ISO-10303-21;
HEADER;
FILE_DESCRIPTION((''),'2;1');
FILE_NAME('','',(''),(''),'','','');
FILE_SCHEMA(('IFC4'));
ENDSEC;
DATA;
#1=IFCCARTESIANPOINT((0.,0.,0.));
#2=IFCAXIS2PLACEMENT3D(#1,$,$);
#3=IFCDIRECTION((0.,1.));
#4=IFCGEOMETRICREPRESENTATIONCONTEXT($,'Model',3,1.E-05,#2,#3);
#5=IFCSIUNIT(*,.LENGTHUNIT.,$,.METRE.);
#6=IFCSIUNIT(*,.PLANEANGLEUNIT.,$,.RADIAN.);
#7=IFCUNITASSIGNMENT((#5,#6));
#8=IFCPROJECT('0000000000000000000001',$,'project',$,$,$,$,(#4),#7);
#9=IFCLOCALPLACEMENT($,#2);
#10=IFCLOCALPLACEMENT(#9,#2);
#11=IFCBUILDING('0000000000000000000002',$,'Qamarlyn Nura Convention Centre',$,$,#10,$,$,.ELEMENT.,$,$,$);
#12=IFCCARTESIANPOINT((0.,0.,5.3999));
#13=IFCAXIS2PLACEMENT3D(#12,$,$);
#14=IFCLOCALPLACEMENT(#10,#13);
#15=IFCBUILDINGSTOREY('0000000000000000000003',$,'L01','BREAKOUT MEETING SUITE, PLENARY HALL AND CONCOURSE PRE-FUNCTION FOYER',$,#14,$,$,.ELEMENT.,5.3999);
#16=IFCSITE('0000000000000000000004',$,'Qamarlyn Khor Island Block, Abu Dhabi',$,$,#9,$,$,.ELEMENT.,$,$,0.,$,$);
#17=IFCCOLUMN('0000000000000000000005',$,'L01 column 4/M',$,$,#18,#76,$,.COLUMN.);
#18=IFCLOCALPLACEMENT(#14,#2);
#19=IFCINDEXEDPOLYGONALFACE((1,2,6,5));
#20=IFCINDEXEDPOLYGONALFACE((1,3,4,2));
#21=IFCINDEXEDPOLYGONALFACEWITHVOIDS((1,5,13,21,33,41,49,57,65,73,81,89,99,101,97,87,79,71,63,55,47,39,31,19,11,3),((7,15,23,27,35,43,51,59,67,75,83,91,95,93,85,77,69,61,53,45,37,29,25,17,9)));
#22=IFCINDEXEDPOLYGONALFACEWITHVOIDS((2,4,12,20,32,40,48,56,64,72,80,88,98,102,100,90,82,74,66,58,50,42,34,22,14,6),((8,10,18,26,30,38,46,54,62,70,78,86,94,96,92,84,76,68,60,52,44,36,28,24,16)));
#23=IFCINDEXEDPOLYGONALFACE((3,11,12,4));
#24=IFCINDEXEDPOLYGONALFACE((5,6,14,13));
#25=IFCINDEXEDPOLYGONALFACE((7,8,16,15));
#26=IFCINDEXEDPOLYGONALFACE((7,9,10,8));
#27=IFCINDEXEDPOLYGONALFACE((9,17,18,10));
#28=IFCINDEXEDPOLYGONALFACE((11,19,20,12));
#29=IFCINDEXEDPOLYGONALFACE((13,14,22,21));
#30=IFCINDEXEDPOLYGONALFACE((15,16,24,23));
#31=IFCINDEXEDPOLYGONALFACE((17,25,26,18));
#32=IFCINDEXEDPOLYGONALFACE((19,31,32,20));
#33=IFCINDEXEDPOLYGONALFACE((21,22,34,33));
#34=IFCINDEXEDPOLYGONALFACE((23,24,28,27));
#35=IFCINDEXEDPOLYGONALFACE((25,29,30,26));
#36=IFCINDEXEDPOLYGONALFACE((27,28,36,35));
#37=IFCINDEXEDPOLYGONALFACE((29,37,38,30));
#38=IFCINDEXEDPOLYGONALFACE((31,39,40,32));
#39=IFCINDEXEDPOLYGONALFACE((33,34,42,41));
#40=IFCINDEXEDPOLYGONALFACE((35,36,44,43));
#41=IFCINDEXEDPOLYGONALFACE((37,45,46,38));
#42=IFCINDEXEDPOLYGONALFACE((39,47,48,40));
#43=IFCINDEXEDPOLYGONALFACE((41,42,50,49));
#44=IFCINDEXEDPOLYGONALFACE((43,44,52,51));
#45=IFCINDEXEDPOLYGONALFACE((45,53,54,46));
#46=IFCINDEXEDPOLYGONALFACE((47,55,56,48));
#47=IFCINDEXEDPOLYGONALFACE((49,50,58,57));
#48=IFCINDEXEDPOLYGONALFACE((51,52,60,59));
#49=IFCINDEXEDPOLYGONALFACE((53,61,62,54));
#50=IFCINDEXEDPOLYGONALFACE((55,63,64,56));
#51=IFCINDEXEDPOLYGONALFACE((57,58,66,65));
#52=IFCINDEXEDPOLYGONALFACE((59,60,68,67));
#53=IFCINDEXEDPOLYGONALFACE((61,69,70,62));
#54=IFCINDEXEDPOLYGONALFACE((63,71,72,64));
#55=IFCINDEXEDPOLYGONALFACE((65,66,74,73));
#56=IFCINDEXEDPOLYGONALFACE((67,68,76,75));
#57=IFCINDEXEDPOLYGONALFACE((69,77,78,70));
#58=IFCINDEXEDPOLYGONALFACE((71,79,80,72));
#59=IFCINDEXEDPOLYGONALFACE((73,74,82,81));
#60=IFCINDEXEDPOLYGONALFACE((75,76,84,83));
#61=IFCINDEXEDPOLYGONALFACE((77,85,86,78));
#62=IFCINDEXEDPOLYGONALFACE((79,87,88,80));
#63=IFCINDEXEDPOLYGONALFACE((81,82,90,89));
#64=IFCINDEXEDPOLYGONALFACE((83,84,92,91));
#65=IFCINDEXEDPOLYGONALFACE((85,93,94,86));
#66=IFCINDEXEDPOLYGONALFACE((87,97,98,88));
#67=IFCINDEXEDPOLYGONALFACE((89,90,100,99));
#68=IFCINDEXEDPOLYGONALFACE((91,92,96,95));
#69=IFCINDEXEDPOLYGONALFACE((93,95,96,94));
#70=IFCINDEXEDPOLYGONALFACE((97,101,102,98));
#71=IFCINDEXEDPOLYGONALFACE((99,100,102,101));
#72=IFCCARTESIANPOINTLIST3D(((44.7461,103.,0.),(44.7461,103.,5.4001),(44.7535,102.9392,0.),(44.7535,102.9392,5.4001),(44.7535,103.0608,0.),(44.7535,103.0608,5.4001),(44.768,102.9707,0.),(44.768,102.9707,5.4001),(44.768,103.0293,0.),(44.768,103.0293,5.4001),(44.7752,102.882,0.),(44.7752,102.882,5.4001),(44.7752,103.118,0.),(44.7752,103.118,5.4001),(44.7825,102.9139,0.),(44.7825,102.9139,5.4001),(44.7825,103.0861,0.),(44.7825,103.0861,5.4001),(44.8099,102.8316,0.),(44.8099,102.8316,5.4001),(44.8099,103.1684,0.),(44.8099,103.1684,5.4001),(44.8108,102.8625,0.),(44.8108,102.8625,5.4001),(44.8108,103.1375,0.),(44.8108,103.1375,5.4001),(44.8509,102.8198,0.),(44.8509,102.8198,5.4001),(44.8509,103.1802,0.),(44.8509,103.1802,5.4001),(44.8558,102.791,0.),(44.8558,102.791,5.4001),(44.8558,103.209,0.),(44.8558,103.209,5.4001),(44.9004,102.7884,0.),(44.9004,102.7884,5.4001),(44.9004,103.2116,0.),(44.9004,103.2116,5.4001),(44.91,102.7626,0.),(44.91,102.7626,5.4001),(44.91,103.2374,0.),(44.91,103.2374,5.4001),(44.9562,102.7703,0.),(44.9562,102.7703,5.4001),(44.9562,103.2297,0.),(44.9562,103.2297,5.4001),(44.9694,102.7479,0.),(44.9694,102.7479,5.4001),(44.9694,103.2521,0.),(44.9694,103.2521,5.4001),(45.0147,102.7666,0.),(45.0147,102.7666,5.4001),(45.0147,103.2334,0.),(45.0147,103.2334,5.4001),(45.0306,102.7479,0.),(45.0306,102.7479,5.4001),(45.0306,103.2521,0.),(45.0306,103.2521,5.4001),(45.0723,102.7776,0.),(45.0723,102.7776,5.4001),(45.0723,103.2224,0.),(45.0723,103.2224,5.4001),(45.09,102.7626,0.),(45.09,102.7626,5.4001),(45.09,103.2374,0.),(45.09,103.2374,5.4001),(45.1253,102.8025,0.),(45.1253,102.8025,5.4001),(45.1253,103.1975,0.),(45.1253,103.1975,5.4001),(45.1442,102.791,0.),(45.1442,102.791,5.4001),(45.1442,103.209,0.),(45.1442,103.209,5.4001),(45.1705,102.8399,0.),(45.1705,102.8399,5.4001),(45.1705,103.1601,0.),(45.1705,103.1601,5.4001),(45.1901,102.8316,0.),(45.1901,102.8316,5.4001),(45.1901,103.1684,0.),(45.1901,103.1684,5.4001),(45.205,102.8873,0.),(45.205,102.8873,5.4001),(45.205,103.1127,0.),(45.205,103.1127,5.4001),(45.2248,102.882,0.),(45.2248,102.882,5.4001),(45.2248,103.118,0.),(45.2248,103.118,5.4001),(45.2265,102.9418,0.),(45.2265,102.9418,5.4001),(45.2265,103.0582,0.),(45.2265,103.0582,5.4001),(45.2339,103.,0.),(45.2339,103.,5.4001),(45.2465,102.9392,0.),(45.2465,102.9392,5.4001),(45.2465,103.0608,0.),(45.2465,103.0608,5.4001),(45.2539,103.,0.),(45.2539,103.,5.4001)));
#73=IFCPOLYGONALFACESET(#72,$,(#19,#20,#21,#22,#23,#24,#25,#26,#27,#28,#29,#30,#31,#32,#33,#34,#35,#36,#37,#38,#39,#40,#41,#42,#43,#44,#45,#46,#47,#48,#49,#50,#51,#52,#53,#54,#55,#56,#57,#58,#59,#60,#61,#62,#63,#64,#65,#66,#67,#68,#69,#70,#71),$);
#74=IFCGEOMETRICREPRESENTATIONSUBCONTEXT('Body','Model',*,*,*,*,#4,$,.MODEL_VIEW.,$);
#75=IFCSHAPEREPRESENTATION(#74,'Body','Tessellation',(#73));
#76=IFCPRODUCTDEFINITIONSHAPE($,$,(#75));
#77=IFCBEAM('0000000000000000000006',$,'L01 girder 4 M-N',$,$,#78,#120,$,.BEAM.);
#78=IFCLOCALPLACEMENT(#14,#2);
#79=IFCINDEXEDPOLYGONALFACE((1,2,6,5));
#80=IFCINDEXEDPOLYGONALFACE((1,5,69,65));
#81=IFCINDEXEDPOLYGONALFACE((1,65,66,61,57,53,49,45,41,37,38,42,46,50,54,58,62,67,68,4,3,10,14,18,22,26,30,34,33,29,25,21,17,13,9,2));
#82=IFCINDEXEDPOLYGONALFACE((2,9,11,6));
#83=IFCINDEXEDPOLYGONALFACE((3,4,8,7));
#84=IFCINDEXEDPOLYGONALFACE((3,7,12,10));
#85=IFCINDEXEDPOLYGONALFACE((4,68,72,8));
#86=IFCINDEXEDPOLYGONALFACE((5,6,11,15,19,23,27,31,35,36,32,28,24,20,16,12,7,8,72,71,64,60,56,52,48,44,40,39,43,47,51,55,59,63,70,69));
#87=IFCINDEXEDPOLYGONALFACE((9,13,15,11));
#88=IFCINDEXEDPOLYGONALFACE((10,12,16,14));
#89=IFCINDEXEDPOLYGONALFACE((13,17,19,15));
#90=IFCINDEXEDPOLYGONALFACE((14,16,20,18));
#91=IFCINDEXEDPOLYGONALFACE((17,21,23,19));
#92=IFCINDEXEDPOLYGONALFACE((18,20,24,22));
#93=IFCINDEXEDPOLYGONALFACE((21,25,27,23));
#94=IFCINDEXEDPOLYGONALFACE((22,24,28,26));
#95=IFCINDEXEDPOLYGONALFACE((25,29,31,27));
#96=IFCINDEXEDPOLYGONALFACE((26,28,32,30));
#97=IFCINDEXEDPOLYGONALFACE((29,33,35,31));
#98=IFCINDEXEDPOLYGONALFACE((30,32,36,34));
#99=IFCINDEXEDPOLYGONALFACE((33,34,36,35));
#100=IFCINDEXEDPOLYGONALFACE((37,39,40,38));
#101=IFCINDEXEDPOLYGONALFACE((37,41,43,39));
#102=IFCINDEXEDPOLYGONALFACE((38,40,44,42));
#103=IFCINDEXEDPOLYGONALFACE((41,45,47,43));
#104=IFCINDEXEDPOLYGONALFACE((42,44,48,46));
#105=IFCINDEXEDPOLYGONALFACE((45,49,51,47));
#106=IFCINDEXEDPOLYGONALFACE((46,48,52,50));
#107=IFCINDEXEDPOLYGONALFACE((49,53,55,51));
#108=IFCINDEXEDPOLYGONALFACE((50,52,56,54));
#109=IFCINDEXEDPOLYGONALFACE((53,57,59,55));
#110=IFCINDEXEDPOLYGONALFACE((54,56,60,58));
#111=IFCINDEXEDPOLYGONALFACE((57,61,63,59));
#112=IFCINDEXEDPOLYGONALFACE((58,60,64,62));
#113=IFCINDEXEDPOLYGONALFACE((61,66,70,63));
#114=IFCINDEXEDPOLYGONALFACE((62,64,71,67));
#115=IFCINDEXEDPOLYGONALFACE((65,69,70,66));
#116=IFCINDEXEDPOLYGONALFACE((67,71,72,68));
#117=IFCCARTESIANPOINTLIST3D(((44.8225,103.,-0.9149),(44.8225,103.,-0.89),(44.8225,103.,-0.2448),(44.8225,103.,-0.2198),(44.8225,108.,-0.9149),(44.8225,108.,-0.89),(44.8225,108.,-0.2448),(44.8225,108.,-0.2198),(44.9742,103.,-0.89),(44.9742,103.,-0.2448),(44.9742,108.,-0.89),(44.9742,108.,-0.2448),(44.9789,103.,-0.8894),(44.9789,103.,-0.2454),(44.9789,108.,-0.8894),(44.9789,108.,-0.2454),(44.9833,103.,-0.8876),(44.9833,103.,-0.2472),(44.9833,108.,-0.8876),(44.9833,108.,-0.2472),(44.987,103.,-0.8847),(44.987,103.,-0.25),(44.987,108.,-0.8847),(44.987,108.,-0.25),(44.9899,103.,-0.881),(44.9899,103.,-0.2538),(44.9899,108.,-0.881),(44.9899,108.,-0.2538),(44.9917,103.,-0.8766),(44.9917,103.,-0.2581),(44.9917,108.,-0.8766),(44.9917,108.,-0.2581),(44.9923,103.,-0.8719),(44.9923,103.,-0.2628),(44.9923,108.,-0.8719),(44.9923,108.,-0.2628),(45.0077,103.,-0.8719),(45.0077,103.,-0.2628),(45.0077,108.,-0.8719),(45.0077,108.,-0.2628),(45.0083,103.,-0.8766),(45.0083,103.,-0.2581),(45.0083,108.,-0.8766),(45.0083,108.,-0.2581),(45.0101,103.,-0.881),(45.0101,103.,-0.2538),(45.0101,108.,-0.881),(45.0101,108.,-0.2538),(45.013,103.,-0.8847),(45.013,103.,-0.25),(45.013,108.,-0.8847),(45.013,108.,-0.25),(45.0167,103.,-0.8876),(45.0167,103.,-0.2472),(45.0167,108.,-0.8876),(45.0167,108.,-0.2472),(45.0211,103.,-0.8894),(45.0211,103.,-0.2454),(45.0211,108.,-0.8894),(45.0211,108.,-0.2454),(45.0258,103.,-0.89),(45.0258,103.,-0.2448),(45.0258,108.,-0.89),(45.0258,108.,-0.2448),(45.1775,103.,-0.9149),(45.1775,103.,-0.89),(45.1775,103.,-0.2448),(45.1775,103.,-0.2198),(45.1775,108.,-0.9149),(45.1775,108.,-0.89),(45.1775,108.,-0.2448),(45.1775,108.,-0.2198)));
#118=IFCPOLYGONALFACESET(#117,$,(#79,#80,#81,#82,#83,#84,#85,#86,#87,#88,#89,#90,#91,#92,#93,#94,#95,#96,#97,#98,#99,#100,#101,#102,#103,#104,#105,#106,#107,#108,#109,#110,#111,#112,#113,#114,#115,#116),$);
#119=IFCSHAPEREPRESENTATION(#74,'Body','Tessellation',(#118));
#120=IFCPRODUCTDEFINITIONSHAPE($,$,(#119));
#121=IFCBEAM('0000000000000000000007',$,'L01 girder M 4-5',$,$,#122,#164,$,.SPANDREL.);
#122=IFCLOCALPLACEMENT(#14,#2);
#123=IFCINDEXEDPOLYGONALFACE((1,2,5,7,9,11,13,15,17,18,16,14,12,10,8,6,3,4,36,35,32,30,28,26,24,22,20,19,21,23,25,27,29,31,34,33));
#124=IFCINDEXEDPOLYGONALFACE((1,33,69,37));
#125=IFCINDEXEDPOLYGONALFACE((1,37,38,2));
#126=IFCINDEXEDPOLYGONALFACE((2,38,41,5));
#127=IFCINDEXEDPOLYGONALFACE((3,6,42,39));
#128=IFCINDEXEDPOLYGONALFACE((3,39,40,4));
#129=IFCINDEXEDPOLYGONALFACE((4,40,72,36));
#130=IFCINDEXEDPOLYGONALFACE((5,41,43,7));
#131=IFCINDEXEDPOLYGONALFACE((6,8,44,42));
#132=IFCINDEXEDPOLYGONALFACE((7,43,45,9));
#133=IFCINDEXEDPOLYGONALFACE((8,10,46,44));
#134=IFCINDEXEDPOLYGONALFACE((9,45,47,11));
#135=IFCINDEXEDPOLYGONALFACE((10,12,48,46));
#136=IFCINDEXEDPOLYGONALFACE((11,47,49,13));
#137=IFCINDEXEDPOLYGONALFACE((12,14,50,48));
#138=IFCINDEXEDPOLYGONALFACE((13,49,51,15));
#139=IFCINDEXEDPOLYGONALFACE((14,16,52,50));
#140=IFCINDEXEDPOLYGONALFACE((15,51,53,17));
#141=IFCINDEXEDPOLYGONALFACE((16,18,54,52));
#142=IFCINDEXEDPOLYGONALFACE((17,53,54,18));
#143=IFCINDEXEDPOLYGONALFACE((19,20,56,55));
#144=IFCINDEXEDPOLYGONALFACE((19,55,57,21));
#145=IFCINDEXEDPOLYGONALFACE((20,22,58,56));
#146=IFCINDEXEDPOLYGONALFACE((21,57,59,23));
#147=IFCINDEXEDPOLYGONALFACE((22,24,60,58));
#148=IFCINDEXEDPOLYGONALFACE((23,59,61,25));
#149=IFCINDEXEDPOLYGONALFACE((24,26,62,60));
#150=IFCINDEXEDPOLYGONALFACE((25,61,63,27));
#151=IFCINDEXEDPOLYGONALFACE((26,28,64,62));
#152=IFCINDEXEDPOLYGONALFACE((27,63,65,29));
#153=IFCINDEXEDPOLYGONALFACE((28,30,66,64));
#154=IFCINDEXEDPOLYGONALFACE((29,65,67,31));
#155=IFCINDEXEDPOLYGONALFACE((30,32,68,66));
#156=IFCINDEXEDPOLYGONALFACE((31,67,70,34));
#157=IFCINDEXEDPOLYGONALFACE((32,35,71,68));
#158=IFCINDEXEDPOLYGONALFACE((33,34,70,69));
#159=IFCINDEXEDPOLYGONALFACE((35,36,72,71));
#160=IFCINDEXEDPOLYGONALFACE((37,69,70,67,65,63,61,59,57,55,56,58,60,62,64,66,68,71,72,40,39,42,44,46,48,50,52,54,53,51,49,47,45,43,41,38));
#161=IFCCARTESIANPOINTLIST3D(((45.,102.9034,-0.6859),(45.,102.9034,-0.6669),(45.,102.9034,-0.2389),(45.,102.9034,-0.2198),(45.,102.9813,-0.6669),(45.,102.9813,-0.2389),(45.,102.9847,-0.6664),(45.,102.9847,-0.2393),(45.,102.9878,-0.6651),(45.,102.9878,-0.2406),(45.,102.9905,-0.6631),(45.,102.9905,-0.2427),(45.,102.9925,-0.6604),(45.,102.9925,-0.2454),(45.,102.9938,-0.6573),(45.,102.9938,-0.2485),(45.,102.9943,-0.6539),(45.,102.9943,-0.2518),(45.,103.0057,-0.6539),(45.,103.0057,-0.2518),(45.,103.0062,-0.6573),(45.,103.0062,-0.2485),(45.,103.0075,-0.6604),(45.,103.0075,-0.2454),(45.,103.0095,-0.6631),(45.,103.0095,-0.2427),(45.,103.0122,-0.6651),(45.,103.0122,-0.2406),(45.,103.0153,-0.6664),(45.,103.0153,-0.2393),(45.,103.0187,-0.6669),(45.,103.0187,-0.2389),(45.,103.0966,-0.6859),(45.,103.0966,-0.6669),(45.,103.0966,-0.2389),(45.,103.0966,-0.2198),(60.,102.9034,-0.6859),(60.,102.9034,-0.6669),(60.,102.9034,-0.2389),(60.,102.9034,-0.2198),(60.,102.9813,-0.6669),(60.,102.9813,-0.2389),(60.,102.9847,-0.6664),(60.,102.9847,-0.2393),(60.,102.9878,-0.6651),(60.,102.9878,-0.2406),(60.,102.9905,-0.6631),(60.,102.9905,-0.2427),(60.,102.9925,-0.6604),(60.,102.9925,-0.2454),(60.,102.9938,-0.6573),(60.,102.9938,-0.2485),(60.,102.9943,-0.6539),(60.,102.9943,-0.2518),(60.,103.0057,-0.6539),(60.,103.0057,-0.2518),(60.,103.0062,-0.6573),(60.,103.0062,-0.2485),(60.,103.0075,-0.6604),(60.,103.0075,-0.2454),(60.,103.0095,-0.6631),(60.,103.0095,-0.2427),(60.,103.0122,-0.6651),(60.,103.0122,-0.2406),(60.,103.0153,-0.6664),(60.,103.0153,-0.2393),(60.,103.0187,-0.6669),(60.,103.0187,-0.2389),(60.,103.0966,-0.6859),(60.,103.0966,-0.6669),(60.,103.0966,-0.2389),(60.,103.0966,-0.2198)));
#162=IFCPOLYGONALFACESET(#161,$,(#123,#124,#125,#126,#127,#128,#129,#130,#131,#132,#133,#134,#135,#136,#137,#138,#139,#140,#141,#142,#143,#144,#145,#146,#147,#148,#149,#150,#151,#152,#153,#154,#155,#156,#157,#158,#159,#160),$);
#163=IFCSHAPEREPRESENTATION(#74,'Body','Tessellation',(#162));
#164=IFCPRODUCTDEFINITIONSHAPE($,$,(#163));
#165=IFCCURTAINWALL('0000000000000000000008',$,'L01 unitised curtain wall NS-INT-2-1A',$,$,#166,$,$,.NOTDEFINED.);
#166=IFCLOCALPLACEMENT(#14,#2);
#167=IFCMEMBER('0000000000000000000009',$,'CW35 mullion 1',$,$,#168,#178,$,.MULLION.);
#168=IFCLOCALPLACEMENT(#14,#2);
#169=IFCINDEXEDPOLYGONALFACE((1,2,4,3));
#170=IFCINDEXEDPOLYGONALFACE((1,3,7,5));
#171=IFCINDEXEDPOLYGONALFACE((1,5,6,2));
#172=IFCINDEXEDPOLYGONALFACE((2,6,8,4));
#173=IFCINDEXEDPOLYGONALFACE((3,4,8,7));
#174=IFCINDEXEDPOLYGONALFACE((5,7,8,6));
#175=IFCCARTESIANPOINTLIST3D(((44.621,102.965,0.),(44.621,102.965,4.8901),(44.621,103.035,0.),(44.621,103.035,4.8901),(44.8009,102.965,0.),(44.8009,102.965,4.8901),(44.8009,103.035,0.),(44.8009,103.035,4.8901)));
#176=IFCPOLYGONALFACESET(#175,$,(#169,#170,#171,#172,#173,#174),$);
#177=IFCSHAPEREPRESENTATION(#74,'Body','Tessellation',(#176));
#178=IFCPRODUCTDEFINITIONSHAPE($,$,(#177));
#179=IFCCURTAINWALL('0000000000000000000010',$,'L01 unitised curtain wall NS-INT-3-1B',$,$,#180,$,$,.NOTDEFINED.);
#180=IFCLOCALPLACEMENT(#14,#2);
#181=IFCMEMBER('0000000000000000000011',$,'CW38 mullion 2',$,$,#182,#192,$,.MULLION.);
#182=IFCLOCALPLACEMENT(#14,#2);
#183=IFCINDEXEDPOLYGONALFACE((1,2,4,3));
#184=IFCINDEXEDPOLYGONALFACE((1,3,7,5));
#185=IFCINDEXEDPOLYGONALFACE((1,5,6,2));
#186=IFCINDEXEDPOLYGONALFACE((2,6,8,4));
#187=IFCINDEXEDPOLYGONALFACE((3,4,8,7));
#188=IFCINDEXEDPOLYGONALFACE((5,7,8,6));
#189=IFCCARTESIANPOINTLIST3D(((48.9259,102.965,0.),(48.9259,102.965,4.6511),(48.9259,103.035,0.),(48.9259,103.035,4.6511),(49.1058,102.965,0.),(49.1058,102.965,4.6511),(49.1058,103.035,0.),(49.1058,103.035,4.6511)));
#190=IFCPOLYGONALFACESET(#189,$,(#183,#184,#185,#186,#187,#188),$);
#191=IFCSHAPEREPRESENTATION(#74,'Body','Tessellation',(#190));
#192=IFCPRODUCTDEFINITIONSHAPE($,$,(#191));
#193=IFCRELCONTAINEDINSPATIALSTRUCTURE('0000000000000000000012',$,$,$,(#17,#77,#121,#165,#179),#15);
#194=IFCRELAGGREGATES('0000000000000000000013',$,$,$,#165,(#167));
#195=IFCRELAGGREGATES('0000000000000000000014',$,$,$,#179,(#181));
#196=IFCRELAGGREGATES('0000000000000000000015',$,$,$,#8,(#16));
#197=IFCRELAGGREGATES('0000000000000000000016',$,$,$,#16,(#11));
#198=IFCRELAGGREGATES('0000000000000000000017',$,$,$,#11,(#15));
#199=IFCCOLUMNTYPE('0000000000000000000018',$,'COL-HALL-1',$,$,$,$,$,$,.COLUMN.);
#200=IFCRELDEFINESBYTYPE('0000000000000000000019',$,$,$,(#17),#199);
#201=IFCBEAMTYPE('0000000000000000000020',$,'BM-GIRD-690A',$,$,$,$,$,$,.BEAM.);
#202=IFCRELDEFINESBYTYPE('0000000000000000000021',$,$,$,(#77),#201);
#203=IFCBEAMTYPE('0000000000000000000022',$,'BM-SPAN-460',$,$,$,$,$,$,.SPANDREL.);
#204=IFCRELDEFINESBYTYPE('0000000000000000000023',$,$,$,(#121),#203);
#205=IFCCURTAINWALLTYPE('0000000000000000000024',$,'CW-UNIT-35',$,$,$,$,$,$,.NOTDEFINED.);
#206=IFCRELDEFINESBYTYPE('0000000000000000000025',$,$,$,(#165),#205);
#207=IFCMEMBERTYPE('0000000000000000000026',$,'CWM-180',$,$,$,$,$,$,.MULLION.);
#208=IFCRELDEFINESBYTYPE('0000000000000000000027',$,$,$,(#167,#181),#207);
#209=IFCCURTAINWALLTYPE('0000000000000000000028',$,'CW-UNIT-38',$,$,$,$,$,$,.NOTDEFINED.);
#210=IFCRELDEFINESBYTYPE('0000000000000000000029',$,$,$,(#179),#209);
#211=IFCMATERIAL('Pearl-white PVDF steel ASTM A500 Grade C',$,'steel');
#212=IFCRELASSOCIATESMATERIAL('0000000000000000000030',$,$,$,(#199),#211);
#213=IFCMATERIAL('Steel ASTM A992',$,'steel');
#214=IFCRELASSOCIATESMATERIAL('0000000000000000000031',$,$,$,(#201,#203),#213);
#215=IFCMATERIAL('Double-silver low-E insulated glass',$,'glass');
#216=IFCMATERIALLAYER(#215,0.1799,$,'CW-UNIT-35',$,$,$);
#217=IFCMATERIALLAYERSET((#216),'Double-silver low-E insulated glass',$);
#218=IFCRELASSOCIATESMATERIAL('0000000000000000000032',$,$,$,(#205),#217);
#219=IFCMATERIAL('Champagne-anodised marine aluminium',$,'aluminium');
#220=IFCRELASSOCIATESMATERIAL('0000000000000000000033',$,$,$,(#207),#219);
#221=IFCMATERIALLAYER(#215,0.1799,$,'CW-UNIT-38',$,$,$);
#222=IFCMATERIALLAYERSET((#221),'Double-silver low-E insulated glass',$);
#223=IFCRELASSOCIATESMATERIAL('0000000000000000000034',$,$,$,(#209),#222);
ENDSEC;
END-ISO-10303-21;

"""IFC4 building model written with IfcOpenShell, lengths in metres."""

from ifc_helpers import new_model, si_unit, direction, frame, origin, origin_2d, place, context, subcontext, project, spatial, rectangle, hollow_circle, i_section, extrude, material, layer, layer_set, material_profile, profile_set, type_object, element, aggregate, save


model = new_model("IFC4")

# Units and contexts
model_context = context("Model", 3, precision=1e-05, world=origin(), true_north=direction((0.0, 1.0)))
body_context = subcontext(model_context, "Body", "Model", "MODEL_VIEW")
ifc_project = project(units=[si_unit("LENGTHUNIT", "METRE"), si_unit("PLANEANGLEUNIT", "RADIAN")], contexts=[model_context])

# Site, building, storey
site_placement = place(None, origin())
site = spatial("IfcSite", under=ifc_project, at=site_placement, Name="Qamarlyn Khor Island Block, Abu Dhabi", CompositionType="ELEMENT", RefElevation=0.0)
building_placement = place(site_placement, origin())
building = spatial("IfcBuilding", under=site, at=building_placement, Name="Qamarlyn Nura Convention Centre", CompositionType="ELEMENT")
storey_placement = place(building_placement, frame((0.0, 0.0, 5.3999)))
storey = spatial("IfcBuildingStorey", under=building, at=storey_placement, Name="L01", Description="BREAKOUT MEETING SUITE, PLENARY HALL AND CONCOURSE PRE-FUNCTION FOYER", CompositionType="ELEMENT", Elevation=5.3999)

# Column
ifc_material_1 = material(Name="Pearl-white PVDF steel ASTM A500 Grade C", Category="steel")
ifc_material_profile_1 = material_profile(ifc_material_1, hollow_circle(Radius=0.2539, WallThickness=0.02, at=origin_2d()), Name="CHS508X20")
ifc_profile_set_1 = profile_set([ifc_material_profile_1], Name="Pearl-white PVDF steel ASTM A500 Grade C")
column_type = type_object("IfcColumnType", Name="COL-HALL-1", PredefinedType="COLUMN", material=ifc_profile_set_1)
column_placement = place(storey_placement, frame((45.0, 103.0, 0.0), z_axis=(0.0, 0.0, 1.0), x_axis=(1.0, 0.0, 0.0)))
element("IfcColumn", 1, at=column_placement, inside=storey, type_object=column_type, Name="L01 column 4/M", PredefinedType="COLUMN", context=body_context, shape_type="SweptSolid", body=[
    extrude(hollow_circle(Radius=0.2539, WallThickness=0.02, at=origin_2d()), origin(), (0.0, 0.0, 1.0), 5.4001),
])

# Beams
ifc_material_2 = material(Name="Steel ASTM A992", Category="steel")
ifc_material_profile_2 = material_profile(ifc_material_2, i_section(OverallWidth=0.355, OverallDepth=0.6951, WebThickness=0.0154, FlangeThickness=0.0249, FilletRadius=0.0181, at=origin_2d()), Name="W690X217")
ifc_profile_set_2 = profile_set([ifc_material_profile_2], Name="Steel ASTM A992")
beam_type_1 = type_object("IfcBeamType", Name="BM-GIRD-690A", PredefinedType="BEAM", material=ifc_profile_set_2)
beam_1_placement = place(storey_placement, frame((45.0, 103.0, -0.5674), z_axis=(0.0, 1.0, 0.0), x_axis=(-1.0, 0.0, 0.0)))
element("IfcBeam", 2, at=beam_1_placement, inside=storey, type_object=beam_type_1, Name="L01 girder 4 M-N", PredefinedType="BEAM", context=body_context, shape_type="SweptSolid", body=[
    extrude(i_section(OverallWidth=0.355, OverallDepth=0.6951, WebThickness=0.0154, FlangeThickness=0.0249, FilletRadius=0.0181, at=origin_2d()), origin(), (0.0, 0.0, 1.0), 5.0),
])
ifc_material_profile_3 = material_profile(ifc_material_2, i_section(OverallWidth=0.1931, OverallDepth=0.4661, WebThickness=0.0115, FlangeThickness=0.019, FilletRadius=0.0129, at=origin_2d()), Name="W460X97")
ifc_profile_set_3 = profile_set([ifc_material_profile_3], Name="Steel ASTM A992")
beam_type_2 = type_object("IfcBeamType", Name="BM-SPAN-460", PredefinedType="SPANDREL", material=ifc_profile_set_3)
beam_2_placement = place(storey_placement, frame((45.0, 103.0, -0.4529), z_axis=(1.0, 0.0, 0.0), x_axis=(0.0, 1.0, 0.0)))
element("IfcBeam", 3, at=beam_2_placement, inside=storey, type_object=beam_type_2, Name="L01 girder M 4-5", PredefinedType="SPANDREL", context=body_context, shape_type="SweptSolid", body=[
    extrude(i_section(OverallWidth=0.1931, OverallDepth=0.4661, WebThickness=0.0115, FlangeThickness=0.019, FilletRadius=0.0129, at=origin_2d()), origin(), (0.0, 0.0, 1.0), 15.0),
])

# Curtain wall, member
ifc_material_3 = material(Name="Double-silver low-E insulated glass", Category="glass")
ifc_layer_1 = layer(ifc_material_3, 0.1799, Name="CW-UNIT-35")
ifc_layer_set_1 = layer_set([ifc_layer_1], Name="Double-silver low-E insulated glass")
curtain_wall_type_1 = type_object("IfcCurtainWallType", Name="CW-UNIT-35", PredefinedType="NOTDEFINED", material=ifc_layer_set_1)
curtain_wall_1_placement = place(storey_placement, origin())
curtain_wall_1 = element("IfcCurtainWall", 4, at=curtain_wall_1_placement, inside=storey, type_object=curtain_wall_type_1, Name="L01 unitised curtain wall NS-INT-2-1A", PredefinedType="NOTDEFINED")
ifc_material_4 = material(Name="Champagne-anodised marine aluminium", Category="aluminium")
ifc_material_profile_4 = material_profile(ifc_material_4, rectangle(XDim=0.0701, YDim=0.1799, at=origin_2d()), Name="ALU MULLION 70x180")
ifc_profile_set_4 = profile_set([ifc_material_profile_4], Name="Champagne-anodised marine aluminium")
member_type_1 = type_object("IfcMemberType", Name="CWM-180", PredefinedType="MULLION", material=ifc_profile_set_4)
member_1_placement = place(storey_placement, frame((44.7109, 103.0, 0.0), z_axis=(0.0, 0.0, 1.0), x_axis=(0.0, -1.0, 0.0)))
member_1 = element("IfcMember", 5, at=member_1_placement, type_object=member_type_1, Name="CW35 mullion 1", PredefinedType="MULLION", context=body_context, shape_type="SweptSolid", body=[
    extrude(rectangle(XDim=0.0701, YDim=0.1799, at=origin_2d()), origin(), (0.0, 0.0, 1.0), 4.8901),
])

# Curtain wall, member
ifc_layer_2 = layer(ifc_material_3, 0.1799, Name="CW-UNIT-38")
ifc_layer_set_2 = layer_set([ifc_layer_2], Name="Double-silver low-E insulated glass")
curtain_wall_type_2 = type_object("IfcCurtainWallType", Name="CW-UNIT-38", PredefinedType="NOTDEFINED", material=ifc_layer_set_2)
curtain_wall_2_placement = place(storey_placement, origin())
curtain_wall_2 = element("IfcCurtainWall", 6, at=curtain_wall_2_placement, inside=storey, type_object=curtain_wall_type_2, Name="L01 unitised curtain wall NS-INT-3-1B", PredefinedType="NOTDEFINED")
member_2_placement = place(storey_placement, frame((49.0159, 103.0, 0.0), z_axis=(0.0, 0.0, 1.0), x_axis=(0.0, -1.0, 0.0)))
member_2 = element("IfcMember", 7, at=member_2_placement, type_object=member_type_1, Name="CW38 mullion 2", PredefinedType="MULLION", context=body_context, shape_type="SweptSolid", body=[
    extrude(rectangle(XDim=0.0701, YDim=0.1799, at=origin_2d()), origin(), (0.0, 0.0, 1.0), 4.6511),
])

aggregate(curtain_wall_1, [member_1])

aggregate(curtain_wall_2, [member_2])

save(model, "model.ifc")
